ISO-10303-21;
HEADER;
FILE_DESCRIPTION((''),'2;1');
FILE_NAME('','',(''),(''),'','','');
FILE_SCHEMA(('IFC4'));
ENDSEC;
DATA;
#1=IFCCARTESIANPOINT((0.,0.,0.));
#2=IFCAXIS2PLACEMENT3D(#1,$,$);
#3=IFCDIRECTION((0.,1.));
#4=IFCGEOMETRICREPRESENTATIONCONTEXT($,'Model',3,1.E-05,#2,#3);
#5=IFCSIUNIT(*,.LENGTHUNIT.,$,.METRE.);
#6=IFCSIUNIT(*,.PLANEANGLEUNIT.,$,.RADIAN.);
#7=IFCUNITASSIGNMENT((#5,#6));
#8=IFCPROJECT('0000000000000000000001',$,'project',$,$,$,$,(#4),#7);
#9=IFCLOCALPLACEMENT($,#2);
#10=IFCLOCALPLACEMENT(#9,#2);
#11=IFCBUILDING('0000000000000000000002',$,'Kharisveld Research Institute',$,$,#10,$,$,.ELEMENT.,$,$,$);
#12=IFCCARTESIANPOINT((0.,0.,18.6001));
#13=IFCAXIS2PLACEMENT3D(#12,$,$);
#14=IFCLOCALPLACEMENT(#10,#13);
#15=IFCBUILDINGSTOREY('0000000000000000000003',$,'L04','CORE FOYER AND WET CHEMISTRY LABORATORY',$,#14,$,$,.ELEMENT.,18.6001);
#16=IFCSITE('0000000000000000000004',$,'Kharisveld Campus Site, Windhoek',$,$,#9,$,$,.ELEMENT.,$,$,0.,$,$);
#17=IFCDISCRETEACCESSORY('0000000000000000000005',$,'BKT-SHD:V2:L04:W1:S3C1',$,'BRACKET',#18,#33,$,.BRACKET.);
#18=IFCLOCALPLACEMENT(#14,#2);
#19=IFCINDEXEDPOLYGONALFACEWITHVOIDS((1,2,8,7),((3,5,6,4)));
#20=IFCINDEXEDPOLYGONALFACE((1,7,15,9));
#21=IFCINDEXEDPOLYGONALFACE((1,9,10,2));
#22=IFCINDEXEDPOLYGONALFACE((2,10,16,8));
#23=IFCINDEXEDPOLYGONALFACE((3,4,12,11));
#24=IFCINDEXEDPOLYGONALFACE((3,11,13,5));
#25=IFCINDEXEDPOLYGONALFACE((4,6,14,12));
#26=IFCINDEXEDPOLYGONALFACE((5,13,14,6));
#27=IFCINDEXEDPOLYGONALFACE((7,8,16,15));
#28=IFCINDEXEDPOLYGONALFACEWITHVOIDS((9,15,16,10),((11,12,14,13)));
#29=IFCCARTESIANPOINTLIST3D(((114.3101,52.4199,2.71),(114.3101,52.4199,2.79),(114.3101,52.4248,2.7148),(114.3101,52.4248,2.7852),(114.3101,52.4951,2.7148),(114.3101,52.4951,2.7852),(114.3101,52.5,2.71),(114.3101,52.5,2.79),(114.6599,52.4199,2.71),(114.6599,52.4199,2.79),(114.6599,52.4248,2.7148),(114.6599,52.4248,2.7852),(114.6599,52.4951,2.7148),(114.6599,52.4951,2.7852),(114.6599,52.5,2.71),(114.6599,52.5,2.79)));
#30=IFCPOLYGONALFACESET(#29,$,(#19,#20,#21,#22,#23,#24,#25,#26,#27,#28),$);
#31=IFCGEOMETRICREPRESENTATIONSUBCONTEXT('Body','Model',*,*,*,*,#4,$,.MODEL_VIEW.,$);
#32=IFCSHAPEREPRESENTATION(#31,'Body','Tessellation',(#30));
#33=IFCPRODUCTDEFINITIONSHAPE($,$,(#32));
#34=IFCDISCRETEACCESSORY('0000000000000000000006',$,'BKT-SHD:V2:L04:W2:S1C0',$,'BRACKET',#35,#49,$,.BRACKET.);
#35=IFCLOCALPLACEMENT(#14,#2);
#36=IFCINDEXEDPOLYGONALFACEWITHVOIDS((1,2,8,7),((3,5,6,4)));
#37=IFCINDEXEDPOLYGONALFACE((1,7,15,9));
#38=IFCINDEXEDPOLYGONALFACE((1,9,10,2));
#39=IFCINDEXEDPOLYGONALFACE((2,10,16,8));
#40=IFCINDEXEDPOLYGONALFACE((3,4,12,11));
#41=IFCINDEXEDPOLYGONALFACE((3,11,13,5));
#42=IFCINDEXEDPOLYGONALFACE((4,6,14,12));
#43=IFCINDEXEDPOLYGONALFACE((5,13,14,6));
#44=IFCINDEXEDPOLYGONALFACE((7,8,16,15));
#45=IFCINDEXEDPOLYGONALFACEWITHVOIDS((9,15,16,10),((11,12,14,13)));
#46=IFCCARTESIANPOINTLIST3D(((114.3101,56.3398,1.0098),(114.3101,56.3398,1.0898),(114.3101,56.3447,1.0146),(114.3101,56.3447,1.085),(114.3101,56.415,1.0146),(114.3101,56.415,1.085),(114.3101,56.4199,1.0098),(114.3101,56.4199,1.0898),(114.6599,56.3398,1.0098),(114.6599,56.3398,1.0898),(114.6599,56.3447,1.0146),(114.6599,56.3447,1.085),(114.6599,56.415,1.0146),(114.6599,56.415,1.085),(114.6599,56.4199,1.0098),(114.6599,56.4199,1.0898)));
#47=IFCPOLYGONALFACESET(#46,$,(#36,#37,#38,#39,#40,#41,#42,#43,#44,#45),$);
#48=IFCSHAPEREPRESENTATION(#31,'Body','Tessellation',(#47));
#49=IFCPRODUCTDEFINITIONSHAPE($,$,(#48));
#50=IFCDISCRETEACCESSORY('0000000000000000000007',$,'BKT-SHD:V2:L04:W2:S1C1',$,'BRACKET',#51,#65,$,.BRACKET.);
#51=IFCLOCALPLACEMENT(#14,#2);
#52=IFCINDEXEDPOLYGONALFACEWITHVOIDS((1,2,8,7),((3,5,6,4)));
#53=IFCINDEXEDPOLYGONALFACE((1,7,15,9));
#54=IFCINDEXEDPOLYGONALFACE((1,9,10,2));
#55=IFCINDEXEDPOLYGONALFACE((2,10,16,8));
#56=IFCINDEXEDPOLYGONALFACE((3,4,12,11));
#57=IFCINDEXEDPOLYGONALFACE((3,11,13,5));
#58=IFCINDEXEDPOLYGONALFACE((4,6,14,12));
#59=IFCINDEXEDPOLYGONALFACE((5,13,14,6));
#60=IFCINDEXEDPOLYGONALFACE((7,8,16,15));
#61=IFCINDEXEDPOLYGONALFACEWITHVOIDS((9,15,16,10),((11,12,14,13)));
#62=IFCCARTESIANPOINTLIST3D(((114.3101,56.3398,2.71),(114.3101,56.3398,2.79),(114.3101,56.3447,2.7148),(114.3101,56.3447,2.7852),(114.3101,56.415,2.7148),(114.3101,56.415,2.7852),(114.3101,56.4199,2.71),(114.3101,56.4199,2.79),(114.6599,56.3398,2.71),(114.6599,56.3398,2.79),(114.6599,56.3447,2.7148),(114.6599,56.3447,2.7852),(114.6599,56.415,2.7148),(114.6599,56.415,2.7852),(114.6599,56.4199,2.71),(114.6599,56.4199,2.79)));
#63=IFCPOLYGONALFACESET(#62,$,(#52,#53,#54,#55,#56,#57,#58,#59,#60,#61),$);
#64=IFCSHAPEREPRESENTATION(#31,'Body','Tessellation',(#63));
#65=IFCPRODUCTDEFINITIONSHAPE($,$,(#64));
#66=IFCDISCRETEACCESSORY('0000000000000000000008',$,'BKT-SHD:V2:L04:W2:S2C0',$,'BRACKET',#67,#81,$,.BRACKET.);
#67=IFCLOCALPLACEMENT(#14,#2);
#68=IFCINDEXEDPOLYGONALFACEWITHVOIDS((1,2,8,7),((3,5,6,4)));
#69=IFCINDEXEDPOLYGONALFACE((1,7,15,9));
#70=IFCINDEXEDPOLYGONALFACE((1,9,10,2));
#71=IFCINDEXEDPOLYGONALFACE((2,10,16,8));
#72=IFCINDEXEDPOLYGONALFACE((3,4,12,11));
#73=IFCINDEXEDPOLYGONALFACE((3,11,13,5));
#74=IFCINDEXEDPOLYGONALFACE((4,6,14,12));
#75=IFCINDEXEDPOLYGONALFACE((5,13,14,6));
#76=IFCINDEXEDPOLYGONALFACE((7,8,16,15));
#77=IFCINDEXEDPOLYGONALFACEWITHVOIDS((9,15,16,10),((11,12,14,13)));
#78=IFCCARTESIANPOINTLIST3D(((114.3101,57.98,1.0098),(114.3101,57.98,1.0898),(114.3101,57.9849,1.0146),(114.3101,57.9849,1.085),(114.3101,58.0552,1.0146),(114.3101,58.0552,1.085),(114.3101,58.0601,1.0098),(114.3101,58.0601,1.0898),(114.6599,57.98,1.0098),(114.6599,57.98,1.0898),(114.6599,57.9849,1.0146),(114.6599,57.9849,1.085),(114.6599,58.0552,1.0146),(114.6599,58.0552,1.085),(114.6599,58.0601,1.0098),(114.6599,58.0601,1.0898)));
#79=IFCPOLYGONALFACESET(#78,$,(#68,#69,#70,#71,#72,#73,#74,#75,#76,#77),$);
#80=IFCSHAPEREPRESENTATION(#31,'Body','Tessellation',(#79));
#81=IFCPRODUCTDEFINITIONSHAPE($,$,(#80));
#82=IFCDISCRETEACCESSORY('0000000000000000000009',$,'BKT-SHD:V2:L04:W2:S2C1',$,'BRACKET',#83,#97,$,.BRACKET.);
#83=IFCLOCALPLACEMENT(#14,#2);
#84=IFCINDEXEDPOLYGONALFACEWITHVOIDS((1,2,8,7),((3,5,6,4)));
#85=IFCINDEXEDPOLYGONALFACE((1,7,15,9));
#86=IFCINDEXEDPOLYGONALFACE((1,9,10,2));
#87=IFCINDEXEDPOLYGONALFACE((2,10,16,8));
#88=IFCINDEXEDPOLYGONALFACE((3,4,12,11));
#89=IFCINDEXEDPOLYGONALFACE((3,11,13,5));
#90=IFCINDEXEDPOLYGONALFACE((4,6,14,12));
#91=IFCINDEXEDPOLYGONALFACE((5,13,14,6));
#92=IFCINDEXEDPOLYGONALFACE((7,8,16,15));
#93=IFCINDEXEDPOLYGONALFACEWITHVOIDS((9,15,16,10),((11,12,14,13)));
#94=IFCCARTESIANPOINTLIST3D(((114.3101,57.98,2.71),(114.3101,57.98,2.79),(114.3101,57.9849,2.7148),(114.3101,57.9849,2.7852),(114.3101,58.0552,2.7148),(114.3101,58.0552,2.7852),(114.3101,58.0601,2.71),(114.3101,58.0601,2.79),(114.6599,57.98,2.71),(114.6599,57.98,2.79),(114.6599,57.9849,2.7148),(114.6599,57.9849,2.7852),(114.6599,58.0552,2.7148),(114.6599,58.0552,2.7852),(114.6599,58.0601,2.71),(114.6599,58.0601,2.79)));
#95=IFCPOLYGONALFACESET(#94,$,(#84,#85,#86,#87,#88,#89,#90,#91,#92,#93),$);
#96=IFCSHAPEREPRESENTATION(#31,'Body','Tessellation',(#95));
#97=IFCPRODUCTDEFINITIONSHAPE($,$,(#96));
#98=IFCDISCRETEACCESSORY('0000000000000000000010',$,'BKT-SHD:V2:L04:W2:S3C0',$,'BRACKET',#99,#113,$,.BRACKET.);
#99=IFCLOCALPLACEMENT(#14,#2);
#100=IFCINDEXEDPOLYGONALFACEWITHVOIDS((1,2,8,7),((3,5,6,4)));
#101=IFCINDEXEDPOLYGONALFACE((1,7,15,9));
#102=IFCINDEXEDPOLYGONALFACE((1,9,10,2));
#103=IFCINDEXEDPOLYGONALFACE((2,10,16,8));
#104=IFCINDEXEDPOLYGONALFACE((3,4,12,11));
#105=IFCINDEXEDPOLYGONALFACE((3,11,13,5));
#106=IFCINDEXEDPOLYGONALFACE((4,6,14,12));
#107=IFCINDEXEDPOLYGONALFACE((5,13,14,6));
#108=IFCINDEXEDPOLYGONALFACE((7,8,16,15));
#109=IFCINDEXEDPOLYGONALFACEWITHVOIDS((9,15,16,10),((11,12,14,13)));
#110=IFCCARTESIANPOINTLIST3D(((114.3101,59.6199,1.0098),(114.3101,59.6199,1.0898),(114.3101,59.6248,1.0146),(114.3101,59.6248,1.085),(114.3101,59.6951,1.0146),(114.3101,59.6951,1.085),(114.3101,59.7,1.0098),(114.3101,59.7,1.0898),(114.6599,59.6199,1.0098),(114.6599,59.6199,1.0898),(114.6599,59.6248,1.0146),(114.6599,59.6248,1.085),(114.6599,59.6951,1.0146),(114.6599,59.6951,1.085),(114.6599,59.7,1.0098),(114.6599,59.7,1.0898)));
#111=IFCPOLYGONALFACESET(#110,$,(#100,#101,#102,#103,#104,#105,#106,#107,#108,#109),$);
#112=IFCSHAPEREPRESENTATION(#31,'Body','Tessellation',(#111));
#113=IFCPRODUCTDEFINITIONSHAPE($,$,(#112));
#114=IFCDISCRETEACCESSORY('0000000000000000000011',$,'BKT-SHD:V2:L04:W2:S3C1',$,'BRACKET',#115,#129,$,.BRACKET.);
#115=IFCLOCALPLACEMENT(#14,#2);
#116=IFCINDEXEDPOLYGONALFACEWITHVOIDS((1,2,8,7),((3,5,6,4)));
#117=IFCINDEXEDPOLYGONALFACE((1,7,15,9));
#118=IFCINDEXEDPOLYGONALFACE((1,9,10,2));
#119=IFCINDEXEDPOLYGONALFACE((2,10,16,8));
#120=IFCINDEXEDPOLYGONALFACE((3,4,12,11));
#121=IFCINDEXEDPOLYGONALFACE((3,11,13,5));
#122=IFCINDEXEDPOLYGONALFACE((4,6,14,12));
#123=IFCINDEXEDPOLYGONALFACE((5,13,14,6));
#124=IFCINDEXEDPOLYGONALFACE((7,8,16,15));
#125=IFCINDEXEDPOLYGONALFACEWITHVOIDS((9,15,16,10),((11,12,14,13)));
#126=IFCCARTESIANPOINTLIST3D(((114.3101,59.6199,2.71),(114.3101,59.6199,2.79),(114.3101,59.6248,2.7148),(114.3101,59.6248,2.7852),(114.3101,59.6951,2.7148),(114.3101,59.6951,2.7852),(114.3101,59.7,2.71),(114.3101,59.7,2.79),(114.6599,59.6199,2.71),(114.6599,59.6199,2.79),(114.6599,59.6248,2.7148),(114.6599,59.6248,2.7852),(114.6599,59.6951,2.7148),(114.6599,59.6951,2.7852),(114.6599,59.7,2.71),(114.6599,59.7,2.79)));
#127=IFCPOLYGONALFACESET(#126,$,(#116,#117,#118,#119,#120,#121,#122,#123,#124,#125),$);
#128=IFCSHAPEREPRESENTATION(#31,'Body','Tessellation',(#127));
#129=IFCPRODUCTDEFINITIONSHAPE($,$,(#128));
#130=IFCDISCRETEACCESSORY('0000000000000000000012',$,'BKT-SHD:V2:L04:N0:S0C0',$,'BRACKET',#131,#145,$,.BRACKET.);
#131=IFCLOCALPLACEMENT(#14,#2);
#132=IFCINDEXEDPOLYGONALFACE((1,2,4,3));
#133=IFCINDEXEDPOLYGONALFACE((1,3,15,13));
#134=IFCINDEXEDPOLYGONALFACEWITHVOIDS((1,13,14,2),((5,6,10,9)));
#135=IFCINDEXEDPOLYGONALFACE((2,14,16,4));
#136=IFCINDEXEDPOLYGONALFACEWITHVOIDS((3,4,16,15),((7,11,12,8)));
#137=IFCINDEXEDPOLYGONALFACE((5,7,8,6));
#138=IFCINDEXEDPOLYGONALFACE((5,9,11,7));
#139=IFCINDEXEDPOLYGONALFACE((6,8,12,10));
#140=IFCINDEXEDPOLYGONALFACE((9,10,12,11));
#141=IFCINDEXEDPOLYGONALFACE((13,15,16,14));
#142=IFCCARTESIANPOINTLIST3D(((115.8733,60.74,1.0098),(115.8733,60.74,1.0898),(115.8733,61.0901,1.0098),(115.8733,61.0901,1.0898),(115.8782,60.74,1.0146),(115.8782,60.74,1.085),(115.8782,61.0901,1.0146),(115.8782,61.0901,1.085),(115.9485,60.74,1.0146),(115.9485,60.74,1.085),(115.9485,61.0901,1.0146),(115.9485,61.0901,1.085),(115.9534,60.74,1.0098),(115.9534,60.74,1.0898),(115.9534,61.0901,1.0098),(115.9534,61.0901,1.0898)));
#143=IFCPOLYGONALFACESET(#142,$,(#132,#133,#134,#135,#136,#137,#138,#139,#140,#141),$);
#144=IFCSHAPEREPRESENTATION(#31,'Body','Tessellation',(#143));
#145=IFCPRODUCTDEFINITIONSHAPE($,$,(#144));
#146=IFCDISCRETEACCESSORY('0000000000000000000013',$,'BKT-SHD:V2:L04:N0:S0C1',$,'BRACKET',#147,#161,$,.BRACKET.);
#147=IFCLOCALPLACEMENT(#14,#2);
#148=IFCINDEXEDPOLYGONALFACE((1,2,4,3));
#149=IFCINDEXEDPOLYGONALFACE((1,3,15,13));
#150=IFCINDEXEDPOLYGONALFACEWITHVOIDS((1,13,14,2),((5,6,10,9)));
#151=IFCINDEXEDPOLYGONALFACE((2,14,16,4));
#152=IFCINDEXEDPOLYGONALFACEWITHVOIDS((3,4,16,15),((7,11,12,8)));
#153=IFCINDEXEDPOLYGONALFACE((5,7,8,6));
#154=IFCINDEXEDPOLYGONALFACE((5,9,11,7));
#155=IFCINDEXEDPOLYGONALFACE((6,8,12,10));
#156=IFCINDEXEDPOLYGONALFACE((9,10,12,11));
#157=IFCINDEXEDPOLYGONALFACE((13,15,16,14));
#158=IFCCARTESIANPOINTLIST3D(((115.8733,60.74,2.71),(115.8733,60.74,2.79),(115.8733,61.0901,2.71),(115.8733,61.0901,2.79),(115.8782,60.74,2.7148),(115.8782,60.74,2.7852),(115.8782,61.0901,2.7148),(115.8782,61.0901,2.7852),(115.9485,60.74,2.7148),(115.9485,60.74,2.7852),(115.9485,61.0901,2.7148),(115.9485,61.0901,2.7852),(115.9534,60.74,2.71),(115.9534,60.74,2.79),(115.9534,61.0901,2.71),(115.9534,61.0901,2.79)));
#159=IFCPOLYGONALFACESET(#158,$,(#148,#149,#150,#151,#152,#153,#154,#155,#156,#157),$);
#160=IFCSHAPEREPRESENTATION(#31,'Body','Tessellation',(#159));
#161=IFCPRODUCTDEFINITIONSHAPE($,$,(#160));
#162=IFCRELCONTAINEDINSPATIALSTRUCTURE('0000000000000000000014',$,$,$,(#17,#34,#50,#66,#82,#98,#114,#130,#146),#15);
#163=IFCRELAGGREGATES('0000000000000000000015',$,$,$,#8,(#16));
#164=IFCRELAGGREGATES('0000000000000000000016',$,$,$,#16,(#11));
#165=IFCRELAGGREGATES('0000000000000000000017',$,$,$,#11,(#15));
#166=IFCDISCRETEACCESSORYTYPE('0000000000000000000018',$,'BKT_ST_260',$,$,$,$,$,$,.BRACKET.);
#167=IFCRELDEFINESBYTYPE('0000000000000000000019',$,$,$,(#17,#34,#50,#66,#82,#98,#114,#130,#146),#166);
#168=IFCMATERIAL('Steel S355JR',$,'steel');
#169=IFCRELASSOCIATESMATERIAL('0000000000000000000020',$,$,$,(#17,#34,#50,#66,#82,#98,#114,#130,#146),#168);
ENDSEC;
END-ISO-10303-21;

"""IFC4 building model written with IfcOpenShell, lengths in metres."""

from ifc_helpers import new_model, si_unit, direction, frame, origin, origin_2d, place, context, subcontext, project, spatial, hollow_rectangle, extrude, material, type_object, element, save


model = new_model("IFC4")

# Units and contexts
model_context = context("Model", 3, precision=1e-05, world=origin(), true_north=direction((0.0, 1.0)))
body_context = subcontext(model_context, "Body", "Model", "MODEL_VIEW")
ifc_project = project(units=[si_unit("LENGTHUNIT", "METRE"), si_unit("PLANEANGLEUNIT", "RADIAN")], contexts=[model_context])

# Site, building, storey
site_placement = place(None, origin())
site = spatial("IfcSite", under=ifc_project, at=site_placement, Name="Kharisveld Campus Site, Windhoek", CompositionType="ELEMENT", RefElevation=0.0)
building_placement = place(site_placement, origin())
building = spatial("IfcBuilding", under=site, at=building_placement, Name="Kharisveld Research Institute", CompositionType="ELEMENT")
storey_placement = place(building_placement, frame((0.0, 0.0, 18.6001)))
storey = spatial("IfcBuildingStorey", under=building, at=storey_placement, Name="L04", Description="CORE FOYER AND WET CHEMISTRY LABORATORY", CompositionType="ELEMENT", Elevation=18.6001)

# Discrete accessories
ifc_material_1 = material(Name="Steel S355JR", Category="steel")
discrete_accessory_type = type_object("IfcDiscreteAccessoryType", Name="BKT_ST_260", PredefinedType="BRACKET")
for number, where, z_axis, x_axis, name in (
    (1, (114.6599, 52.46, 2.75), (-1.0, 0.0, 0.0), (0.0, -1.0, 0.0), "BKT-SHD:V2:L04:W1:S3C1"),
    (2, (114.6599, 56.3799, 1.0498), (-1.0, 0.0, 0.0), (0.0, -1.0, 0.0), "BKT-SHD:V2:L04:W2:S1C0"),
    (3, (114.6599, 56.3799, 2.75), (-1.0, 0.0, 0.0), (0.0, -1.0, 0.0), "BKT-SHD:V2:L04:W2:S1C1"),
    (4, (114.6599, 58.02, 1.0498), (-1.0, 0.0, 0.0), (0.0, -1.0, 0.0), "BKT-SHD:V2:L04:W2:S2C0"),
    (5, (114.6599, 58.02, 2.75), (-1.0, 0.0, 0.0), (0.0, -1.0, 0.0), "BKT-SHD:V2:L04:W2:S2C1"),
    (6, (114.6599, 59.6599, 1.0498), (-1.0, 0.0, 0.0), (0.0, -1.0, 0.0), "BKT-SHD:V2:L04:W2:S3C0"),
    (7, (114.6599, 59.6599, 2.75), (-1.0, 0.0, 0.0), (0.0, -1.0, 0.0), "BKT-SHD:V2:L04:W2:S3C1"),
):
    element("IfcDiscreteAccessory", number, at=place(storey_placement, frame(where, z_axis=z_axis, x_axis=x_axis)), inside=storey, type_object=discrete_accessory_type, material=ifc_material_1, Name=name, ObjectType="BRACKET", PredefinedType="BRACKET", context=body_context, shape_type="SweptSolid", body=[
        extrude(hollow_rectangle(XDim=0.0801, YDim=0.0801, WallThickness=0.0049, at=origin_2d()), origin(), (0.0, 0.0, 1.0), 0.3499),
    ])
for number, where, z_axis, x_axis, name in (
    (8, (115.9133, 60.74, 1.0498), (0.0, 1.0, 0.0), (-1.0, 0.0, 0.0), "BKT-SHD:V2:L04:N0:S0C0"),
    (9, (115.9133, 60.74, 2.75), (0.0, 1.0, 0.0), (-1.0, 0.0, 0.0), "BKT-SHD:V2:L04:N0:S0C1"),
):
    element("IfcDiscreteAccessory", number, at=place(storey_placement, frame(where, z_axis=z_axis, x_axis=x_axis)), inside=storey, type_object=discrete_accessory_type, material=ifc_material_1, Name=name, ObjectType="BRACKET", PredefinedType="BRACKET", context=body_context, shape_type="SweptSolid", body=[
        extrude(hollow_rectangle(XDim=0.0801, YDim=0.0801, WallThickness=0.0049, at=origin_2d()), origin(), (0.0, 0.0, 1.0), 0.3501),
    ])

save(model, "model.ifc")
